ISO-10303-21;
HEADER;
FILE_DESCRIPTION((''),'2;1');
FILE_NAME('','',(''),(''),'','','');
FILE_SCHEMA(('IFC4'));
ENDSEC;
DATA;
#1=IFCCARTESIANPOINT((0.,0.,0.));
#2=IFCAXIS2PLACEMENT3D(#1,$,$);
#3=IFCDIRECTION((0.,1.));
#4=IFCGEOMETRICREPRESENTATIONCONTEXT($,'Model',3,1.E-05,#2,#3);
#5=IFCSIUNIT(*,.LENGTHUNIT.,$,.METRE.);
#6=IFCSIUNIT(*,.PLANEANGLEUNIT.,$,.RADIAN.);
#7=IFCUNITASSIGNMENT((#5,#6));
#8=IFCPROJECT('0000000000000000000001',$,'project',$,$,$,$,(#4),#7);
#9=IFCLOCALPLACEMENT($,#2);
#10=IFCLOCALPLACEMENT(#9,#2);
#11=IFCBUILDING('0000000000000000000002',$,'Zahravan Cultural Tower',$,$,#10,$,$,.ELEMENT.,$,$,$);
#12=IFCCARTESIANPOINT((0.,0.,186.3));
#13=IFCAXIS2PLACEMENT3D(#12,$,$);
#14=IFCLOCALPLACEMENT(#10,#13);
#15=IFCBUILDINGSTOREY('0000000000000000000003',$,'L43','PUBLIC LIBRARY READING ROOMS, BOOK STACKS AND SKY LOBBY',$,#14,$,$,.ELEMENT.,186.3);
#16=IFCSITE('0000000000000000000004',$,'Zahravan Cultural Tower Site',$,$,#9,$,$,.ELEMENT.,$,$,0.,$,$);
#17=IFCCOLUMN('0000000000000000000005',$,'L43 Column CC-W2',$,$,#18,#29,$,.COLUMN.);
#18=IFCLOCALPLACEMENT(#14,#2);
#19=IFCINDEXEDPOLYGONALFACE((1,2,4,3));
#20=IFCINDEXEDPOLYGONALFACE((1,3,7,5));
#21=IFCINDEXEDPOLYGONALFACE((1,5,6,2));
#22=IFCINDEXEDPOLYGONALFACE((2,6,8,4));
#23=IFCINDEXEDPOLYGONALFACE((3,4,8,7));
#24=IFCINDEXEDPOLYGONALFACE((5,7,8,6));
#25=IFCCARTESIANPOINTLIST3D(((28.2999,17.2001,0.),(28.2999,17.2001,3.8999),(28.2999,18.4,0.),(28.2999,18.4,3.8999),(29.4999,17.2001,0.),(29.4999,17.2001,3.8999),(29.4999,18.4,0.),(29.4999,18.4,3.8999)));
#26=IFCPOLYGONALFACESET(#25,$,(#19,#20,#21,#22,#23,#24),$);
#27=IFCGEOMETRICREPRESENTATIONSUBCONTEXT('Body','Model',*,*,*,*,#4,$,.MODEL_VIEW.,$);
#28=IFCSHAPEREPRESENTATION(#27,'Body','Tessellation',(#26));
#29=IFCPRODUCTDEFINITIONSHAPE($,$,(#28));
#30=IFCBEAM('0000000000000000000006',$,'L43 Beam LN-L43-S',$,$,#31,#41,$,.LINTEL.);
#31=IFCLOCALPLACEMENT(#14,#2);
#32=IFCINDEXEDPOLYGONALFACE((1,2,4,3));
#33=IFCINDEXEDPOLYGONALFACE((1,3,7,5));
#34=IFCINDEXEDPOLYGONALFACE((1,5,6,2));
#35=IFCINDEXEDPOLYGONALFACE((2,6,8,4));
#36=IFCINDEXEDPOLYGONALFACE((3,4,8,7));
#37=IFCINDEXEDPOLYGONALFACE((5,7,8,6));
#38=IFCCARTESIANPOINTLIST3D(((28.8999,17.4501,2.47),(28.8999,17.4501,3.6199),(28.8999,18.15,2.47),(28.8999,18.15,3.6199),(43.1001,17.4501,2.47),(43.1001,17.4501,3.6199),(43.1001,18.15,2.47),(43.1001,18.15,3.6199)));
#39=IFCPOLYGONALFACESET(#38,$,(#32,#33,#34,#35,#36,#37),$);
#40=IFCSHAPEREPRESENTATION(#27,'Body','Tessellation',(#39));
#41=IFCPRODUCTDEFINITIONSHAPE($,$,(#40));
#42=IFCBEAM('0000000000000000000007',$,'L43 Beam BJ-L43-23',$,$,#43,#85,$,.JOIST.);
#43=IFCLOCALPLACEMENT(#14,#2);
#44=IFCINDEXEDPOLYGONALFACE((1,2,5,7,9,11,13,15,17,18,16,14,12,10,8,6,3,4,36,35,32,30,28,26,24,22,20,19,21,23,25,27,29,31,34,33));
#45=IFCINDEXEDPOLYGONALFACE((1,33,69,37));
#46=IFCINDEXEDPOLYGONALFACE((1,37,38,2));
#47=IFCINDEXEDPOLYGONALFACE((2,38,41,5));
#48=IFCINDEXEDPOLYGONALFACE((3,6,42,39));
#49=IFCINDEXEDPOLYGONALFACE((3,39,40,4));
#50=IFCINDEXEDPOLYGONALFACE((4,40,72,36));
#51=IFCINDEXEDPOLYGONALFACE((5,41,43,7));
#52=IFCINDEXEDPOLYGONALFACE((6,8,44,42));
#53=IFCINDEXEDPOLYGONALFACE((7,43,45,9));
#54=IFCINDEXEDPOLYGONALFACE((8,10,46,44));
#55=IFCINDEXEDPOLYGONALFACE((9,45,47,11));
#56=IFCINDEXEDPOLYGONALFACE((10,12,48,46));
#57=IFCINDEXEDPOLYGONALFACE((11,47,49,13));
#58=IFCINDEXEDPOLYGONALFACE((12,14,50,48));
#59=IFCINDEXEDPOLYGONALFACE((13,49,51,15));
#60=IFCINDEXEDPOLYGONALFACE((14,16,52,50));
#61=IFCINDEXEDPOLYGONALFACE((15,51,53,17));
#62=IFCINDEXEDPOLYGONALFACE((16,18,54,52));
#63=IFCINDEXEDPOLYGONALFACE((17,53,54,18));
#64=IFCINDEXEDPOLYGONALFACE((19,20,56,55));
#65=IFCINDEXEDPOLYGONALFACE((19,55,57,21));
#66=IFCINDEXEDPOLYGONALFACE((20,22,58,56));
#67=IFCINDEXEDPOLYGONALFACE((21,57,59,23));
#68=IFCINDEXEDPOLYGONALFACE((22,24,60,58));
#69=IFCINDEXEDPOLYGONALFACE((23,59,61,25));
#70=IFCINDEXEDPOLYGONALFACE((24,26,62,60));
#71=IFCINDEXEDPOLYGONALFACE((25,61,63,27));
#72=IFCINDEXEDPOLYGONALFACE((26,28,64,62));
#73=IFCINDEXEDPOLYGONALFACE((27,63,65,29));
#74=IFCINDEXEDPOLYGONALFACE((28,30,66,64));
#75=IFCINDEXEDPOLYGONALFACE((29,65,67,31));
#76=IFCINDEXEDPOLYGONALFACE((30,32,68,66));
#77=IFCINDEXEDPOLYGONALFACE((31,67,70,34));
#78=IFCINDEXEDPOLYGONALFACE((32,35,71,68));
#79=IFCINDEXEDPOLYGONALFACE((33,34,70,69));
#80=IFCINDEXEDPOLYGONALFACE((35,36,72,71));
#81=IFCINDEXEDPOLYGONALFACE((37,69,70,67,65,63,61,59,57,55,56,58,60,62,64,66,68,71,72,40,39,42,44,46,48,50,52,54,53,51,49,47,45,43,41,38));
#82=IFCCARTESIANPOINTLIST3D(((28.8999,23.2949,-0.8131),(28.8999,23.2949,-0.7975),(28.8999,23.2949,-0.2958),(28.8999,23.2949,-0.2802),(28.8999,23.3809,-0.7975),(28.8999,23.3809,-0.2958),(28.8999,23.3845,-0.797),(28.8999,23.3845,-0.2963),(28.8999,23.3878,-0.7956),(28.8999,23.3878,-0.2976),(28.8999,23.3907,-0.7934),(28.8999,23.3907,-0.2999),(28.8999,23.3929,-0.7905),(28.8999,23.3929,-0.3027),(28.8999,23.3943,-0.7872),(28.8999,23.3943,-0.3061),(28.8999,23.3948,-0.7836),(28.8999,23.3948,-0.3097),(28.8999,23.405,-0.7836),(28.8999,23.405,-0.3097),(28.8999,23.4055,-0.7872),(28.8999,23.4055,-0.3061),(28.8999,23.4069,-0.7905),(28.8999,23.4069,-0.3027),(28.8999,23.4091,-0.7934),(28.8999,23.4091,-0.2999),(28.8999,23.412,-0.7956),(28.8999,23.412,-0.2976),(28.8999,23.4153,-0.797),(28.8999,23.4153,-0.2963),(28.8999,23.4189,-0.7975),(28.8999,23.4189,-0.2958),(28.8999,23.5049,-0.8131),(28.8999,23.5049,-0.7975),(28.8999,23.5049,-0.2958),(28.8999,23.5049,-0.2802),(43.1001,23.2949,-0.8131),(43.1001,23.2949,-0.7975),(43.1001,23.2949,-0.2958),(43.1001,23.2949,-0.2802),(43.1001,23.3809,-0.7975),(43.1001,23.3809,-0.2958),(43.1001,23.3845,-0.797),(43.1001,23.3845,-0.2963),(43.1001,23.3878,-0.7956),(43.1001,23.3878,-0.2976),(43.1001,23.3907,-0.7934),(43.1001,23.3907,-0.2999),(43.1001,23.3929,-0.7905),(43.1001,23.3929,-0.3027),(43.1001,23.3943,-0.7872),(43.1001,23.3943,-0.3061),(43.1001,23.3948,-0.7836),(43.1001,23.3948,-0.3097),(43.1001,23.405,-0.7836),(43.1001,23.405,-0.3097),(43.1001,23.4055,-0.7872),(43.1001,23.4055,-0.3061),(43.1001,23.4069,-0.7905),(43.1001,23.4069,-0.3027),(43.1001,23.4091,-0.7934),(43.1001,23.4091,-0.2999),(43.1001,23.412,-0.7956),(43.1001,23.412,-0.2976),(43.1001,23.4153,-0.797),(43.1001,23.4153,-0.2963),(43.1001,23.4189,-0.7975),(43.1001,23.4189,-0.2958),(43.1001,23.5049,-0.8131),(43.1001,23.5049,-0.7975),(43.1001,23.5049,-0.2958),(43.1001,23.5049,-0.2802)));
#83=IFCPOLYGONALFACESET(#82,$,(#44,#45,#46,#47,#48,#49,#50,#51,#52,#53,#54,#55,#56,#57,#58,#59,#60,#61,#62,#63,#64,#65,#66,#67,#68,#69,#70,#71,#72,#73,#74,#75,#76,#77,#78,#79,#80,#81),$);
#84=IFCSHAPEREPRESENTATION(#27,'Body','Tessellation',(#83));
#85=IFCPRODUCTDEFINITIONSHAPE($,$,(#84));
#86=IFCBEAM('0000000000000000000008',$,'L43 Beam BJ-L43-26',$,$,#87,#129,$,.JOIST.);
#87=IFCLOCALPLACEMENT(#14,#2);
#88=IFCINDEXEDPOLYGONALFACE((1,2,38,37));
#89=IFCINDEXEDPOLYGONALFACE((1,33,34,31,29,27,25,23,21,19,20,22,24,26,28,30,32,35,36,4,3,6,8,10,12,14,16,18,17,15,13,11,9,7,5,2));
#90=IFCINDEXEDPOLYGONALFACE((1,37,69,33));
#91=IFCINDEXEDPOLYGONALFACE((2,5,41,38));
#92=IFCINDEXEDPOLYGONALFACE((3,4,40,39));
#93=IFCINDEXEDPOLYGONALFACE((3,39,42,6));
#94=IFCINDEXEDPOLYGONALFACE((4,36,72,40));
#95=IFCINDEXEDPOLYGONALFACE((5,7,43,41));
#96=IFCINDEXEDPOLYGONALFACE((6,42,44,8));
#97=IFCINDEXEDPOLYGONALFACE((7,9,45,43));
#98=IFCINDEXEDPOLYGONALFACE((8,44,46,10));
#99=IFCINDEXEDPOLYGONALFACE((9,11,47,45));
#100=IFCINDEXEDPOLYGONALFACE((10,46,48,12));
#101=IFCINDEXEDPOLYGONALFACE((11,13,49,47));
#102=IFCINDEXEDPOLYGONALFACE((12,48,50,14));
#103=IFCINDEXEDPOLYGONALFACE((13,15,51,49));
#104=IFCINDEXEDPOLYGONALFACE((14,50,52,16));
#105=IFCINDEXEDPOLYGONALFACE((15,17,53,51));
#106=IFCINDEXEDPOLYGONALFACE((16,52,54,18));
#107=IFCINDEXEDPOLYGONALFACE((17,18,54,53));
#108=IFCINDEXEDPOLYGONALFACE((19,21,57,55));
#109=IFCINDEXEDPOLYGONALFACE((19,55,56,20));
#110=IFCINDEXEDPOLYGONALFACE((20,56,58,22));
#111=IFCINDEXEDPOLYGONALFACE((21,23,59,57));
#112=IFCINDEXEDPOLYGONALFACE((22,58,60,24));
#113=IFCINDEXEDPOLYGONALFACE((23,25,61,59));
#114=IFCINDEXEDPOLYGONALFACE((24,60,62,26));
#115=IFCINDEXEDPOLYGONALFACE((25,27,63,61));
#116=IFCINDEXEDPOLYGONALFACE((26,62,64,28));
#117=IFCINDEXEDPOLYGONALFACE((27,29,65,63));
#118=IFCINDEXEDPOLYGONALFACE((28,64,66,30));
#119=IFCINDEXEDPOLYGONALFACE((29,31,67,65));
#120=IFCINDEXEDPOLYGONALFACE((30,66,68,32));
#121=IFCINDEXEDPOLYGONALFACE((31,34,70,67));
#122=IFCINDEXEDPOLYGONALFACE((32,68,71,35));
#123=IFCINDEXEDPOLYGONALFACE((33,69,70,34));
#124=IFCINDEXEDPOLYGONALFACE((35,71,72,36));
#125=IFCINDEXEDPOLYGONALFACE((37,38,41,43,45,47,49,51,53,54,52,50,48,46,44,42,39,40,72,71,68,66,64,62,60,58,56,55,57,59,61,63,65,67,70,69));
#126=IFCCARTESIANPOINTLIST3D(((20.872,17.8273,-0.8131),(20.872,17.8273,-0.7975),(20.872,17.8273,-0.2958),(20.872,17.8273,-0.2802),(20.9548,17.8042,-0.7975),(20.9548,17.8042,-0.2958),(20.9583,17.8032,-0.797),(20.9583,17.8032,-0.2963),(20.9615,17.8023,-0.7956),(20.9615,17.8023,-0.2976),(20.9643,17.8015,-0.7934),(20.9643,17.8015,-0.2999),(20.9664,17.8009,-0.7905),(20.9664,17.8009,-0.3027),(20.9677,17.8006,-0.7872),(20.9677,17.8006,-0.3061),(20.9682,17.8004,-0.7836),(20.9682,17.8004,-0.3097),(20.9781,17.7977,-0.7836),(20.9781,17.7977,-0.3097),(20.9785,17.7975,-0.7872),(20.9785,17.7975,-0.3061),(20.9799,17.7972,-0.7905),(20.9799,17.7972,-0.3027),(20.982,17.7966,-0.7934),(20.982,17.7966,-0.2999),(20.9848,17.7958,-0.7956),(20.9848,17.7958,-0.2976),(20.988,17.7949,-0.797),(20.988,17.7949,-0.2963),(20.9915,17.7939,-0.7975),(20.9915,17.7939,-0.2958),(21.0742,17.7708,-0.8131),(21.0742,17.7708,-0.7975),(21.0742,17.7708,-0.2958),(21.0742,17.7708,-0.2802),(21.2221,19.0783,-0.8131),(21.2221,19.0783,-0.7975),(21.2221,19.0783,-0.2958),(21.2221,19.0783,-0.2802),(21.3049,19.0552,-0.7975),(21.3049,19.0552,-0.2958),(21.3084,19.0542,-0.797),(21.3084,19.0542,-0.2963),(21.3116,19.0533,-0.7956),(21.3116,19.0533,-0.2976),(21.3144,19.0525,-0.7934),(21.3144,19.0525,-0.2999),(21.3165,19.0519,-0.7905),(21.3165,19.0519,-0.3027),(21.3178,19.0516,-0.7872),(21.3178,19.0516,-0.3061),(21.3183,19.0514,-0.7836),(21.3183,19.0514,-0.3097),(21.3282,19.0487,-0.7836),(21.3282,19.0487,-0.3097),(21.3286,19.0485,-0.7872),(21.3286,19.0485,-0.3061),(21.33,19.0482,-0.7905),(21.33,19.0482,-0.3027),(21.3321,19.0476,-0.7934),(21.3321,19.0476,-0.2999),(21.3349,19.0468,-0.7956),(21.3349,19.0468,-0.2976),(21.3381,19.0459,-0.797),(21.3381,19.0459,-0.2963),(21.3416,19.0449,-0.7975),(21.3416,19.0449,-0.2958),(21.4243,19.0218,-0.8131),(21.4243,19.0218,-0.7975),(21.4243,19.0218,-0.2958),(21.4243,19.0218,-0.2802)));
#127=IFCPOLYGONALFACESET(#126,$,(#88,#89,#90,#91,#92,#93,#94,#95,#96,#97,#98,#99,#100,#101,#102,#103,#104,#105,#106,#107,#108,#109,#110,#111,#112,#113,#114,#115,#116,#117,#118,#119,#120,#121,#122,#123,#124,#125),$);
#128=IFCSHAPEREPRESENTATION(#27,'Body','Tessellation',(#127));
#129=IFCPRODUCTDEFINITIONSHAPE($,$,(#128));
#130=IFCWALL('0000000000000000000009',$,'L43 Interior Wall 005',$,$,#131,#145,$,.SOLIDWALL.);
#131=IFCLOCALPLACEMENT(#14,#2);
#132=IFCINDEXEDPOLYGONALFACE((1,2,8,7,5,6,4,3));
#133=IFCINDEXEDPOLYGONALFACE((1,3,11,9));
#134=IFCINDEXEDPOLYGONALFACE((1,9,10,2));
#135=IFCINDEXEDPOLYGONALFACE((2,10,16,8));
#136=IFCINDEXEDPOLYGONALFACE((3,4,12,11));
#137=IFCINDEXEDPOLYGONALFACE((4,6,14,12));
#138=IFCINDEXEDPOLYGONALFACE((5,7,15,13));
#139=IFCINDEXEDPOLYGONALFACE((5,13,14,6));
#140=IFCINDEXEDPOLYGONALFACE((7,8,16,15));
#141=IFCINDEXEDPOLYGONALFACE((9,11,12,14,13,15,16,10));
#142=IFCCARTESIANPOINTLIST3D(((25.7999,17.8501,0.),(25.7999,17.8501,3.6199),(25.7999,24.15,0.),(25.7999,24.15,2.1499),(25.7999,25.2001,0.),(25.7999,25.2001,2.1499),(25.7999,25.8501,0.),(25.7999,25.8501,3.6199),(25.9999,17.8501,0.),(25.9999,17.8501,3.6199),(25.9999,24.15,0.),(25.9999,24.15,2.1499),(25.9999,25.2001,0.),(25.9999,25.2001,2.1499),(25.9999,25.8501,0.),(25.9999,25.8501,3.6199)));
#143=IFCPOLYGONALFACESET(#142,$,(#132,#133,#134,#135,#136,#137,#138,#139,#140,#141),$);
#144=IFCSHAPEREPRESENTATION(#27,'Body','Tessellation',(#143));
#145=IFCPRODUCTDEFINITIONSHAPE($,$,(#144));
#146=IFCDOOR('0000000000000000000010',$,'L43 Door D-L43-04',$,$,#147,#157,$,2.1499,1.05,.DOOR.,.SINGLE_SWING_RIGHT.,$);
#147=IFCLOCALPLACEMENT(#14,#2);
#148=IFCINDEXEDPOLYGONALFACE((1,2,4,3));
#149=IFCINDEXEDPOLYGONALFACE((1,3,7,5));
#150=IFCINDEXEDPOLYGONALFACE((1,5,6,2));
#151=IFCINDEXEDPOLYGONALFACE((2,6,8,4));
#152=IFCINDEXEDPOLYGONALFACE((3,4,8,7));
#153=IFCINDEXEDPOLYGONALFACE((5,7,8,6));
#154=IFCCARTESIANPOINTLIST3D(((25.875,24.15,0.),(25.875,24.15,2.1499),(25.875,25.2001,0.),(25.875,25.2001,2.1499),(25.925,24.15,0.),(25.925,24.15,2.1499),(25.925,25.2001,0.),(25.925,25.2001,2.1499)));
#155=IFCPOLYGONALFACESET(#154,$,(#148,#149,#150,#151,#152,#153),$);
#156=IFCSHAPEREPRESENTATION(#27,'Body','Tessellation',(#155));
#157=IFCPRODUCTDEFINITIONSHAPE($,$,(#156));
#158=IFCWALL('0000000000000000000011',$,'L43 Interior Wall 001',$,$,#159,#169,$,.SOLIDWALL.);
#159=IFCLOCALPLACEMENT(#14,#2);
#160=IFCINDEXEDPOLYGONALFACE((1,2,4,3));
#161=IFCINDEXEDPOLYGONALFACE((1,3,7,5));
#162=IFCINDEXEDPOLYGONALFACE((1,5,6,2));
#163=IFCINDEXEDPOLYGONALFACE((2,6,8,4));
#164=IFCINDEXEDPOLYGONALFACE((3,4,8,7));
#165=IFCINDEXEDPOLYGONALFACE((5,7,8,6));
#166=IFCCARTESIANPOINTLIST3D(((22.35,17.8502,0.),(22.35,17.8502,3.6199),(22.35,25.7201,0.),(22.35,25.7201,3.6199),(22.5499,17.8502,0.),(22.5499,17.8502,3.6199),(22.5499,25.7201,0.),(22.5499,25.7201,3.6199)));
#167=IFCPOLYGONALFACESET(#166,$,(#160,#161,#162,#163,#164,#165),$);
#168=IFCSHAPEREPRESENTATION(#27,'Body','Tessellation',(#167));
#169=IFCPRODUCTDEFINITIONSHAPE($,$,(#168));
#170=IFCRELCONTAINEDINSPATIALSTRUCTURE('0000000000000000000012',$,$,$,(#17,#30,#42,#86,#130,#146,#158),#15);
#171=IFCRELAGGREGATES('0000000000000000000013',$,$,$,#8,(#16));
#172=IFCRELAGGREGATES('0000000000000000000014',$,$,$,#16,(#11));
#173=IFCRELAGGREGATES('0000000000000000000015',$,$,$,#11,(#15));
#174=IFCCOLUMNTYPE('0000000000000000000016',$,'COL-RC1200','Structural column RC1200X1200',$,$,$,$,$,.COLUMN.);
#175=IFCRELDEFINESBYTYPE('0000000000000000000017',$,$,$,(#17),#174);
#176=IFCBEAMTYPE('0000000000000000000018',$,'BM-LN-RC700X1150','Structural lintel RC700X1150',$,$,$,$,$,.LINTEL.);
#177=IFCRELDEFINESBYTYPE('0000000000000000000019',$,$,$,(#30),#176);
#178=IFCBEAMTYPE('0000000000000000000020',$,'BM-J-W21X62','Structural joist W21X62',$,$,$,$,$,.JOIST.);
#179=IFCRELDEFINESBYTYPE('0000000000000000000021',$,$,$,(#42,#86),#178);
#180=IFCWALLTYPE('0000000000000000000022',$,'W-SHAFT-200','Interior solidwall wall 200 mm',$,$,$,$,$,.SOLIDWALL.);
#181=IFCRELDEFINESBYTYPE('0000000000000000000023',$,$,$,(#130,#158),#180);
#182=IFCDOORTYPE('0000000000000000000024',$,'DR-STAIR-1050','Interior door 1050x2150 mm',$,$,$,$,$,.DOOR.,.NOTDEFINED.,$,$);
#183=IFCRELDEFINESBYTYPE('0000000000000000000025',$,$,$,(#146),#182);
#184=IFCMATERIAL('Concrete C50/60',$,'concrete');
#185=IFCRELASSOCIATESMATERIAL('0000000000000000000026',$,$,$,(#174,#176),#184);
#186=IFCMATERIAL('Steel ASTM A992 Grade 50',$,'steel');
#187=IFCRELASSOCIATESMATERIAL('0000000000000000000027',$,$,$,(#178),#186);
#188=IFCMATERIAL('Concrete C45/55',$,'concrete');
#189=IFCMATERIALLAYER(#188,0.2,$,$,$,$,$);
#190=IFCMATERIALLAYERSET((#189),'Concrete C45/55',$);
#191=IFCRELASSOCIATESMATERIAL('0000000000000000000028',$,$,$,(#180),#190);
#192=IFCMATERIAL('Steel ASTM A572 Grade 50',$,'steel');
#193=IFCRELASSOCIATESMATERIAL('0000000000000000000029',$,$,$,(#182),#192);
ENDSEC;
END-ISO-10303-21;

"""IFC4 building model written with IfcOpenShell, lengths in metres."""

from ifc_helpers import new_model, si_unit, direction, frame, frame_2d, origin, origin_2d, place, context, subcontext, project, spatial, rectangle, i_section, extrude, source, transform, mapped, material, layer, layer_set, material_profile, profile_set, type_object, element, fill, save


model = new_model("IFC4")

# Units and contexts
model_context = context("Model", 3, precision=1e-05, world=origin(), true_north=direction((0.0, 1.0)))
body_context = subcontext(model_context, "Body", "Model", "MODEL_VIEW")
ifc_project = project(units=[si_unit("LENGTHUNIT", "METRE"), si_unit("PLANEANGLEUNIT", "RADIAN")], contexts=[model_context])

# Site, building, storey
site_placement = place(None, origin())
site = spatial("IfcSite", under=ifc_project, at=site_placement, Name="Zahravan Cultural Tower Site", CompositionType="ELEMENT", RefElevation=0.0)
building_placement = place(site_placement, origin())
building = spatial("IfcBuilding", under=site, at=building_placement, Name="Zahravan Cultural Tower", CompositionType="ELEMENT")
storey_placement = place(building_placement, frame((0.0, 0.0, 186.3)))
storey = spatial("IfcBuildingStorey", under=building, at=storey_placement, Name="L43", Description="PUBLIC LIBRARY READING ROOMS, BOOK STACKS AND SKY LOBBY", CompositionType="ELEMENT", Elevation=186.3)

# Column
ifc_material_1 = material(Name="Concrete C50/60", Category="concrete")
ifc_material_profile_1 = material_profile(ifc_material_1, rectangle(XDim=1.2, YDim=1.2, at=origin_2d()), Name="RC1200X1200")
ifc_profile_set_1 = profile_set([ifc_material_profile_1], Name="Concrete C50/60")
column_type = type_object("IfcColumnType", Name="COL-RC1200", Description="Structural column RC1200X1200", PredefinedType="COLUMN", material=ifc_profile_set_1)
shared_shape_1 = source(origin(), body_context, "Body", "SweptSolid", [
    extrude(rectangle(XDim=1.2, YDim=1.2, at=origin_2d()), origin(), (0.0, 0.0, 1.0), 3.8999),
])
column_placement = place(storey_placement, frame((28.8999, 17.8, 0.0), z_axis=(0.0, 0.0, 1.0), x_axis=(1.0, 0.0, 0.0)))
element("IfcColumn", 1, at=column_placement, inside=storey, type_object=column_type, Name="L43 Column CC-W2", PredefinedType="COLUMN", context=body_context, shape_type="MappedRepresentation", body=[
    mapped(shared_shape_1, transform((0.0, 0.0, 0.0), x_axis=(1.0, 0.0, 0.0), y_axis=(0.0, 1.0, 0.0), z_axis=(0.0, 0.0, 1.0), scale=1.0)),
])

# Beams
ifc_material_profile_2 = material_profile(ifc_material_1, rectangle(XDim=0.7, YDim=1.1499, at=origin_2d()), Name="RC700X1150")
ifc_profile_set_2 = profile_set([ifc_material_profile_2], Name="Concrete C50/60")
beam_type_1 = type_object("IfcBeamType", Name="BM-LN-RC700X1150", Description="Structural lintel RC700X1150", PredefinedType="LINTEL", material=ifc_profile_set_2)
shared_shape_2 = source(origin(), body_context, "Body", "SweptSolid", [
    extrude(rectangle(XDim=0.7, YDim=1.1499, at=origin_2d()), origin(), (0.0, 0.0, 1.0), 14.2002),
])
beam_1_placement = place(storey_placement, frame((28.8999, 17.8, 3.0449), z_axis=(1.0, 0.0, 0.0), x_axis=(0.0, 1.0, 0.0)))
element("IfcBeam", 2, at=beam_1_placement, inside=storey, type_object=beam_type_1, Name="L43 Beam LN-L43-S", PredefinedType="LINTEL", context=body_context, shape_type="MappedRepresentation", body=[
    mapped(shared_shape_2, transform((0.0, 0.0, 0.0), x_axis=(1.0, 0.0, 0.0), y_axis=(0.0, 1.0, 0.0), z_axis=(0.0, 0.0, 1.0), scale=1.0)),
])
ifc_material_2 = material(Name="Steel ASTM A992 Grade 50", Category="steel")
ifc_material_profile_3 = material_profile(ifc_material_2, i_section(OverallWidth=0.21, OverallDepth=0.533, WebThickness=0.0103, FlangeThickness=0.0156, FilletRadius=0.0139, at=origin_2d()), Name="W21X62")
ifc_profile_set_3 = profile_set([ifc_material_profile_3], Name="Steel ASTM A992 Grade 50")
beam_type_2 = type_object("IfcBeamType", Name="BM-J-W21X62", Description="Structural joist W21X62", PredefinedType="JOIST", material=ifc_profile_set_3)
shared_shape_3 = source(origin(), body_context, "Body", "SweptSolid", [
    extrude(i_section(OverallWidth=0.21, OverallDepth=0.533, WebThickness=0.0103, FlangeThickness=0.0156, FilletRadius=0.0139, at=origin_2d()), origin(), (0.0, 0.0, 1.0), 14.2002),
])
beam_2_placement = place(storey_placement, frame((28.8999, 23.3999, -0.5466), z_axis=(1.0, 0.0, 0.0), x_axis=(0.0, 1.0, 0.0)))
element("IfcBeam", 3, at=beam_2_placement, inside=storey, type_object=beam_type_2, Name="L43 Beam BJ-L43-23", PredefinedType="JOIST", context=body_context, shape_type="MappedRepresentation", body=[
    mapped(shared_shape_3, transform((0.0, 0.0, 0.0), x_axis=(1.0, 0.0, 0.0), y_axis=(0.0, 1.0, 0.0), z_axis=(0.0, 0.0, 1.0), scale=1.0)),
])
shared_shape_4 = source(origin(), body_context, "Body", "SweptSolid", [
    extrude(i_section(OverallWidth=0.21, OverallDepth=0.533, WebThickness=0.0103, FlangeThickness=0.0156, FilletRadius=0.0139, at=origin_2d()), origin(), (0.0, 0.0, 1.0), 1.2991),
])
beam_3_placement = place(storey_placement, frame((21.3232, 19.05, -0.5466), z_axis=(-0.269504, -0.962999, 0.0), x_axis=(0.962999, -0.269504, 0.0)))
element("IfcBeam", 4, at=beam_3_placement, inside=storey, type_object=beam_type_2, Name="L43 Beam BJ-L43-26", PredefinedType="JOIST", context=body_context, shape_type="MappedRepresentation", body=[
    mapped(shared_shape_4, transform((0.0, 0.0, 0.0), x_axis=(1.0, 0.0, 0.0), y_axis=(0.0, 1.0, 0.0), z_axis=(0.0, 0.0, 1.0), scale=1.0)),
])

# Wall, opening, door
ifc_material_3 = material(Name="Concrete C45/55", Category="concrete")
ifc_layer_1 = layer(ifc_material_3, 0.2)
ifc_layer_set_1 = layer_set([ifc_layer_1], Name="Concrete C45/55")
wall_type_1 = type_object("IfcWallType", Name="W-SHAFT-200", Description="Interior solidwall wall 200 mm", PredefinedType="SOLIDWALL", material=ifc_layer_set_1)
wall_1_placement = place(storey_placement, frame((25.8999, 17.8501, 0.0), z_axis=(0.0, 0.0, 1.0), x_axis=(0.0, 1.0, 0.0)))
wall_1 = element("IfcWall", 5, at=wall_1_placement, inside=storey, type_object=wall_type_1, Name="L43 Interior Wall 005", PredefinedType="SOLIDWALL", context=body_context, shape_type="SweptSolid", body=[
    extrude(rectangle(XDim=8.0, YDim=0.2, at=frame_2d((4.0, 0.0))), origin(), (0.0, 0.0, 1.0), 3.6199),
])
opening_1_placement = place(wall_1_placement, frame((6.3, 0.0, 0.0)))
opening_1 = element("IfcOpeningElement", 6, at=opening_1_placement, cuts=wall_1, PredefinedType="OPENING", context=body_context, shape_type="SweptSolid", body=[
    extrude(rectangle(XDim=1.05, YDim=2.1499, at=frame_2d((0.5249, 1.075))), frame((0.0, 0.1099, 0.0), z_axis=(0.0, -1.0, 0.0), x_axis=(1.0, 0.0, 0.0)), (0.0, 0.0, 1.0), 0.22),
])
ifc_material_4 = material(Name="Steel ASTM A572 Grade 50", Category="steel")
door_type_1 = type_object("IfcDoorType", Name="DR-STAIR-1050", Description="Interior door 1050x2150 mm", OperationType="NOTDEFINED", PredefinedType="DOOR", material=ifc_material_4)
shared_shape_5 = source(origin(), body_context, "Body", "SweptSolid", [
    extrude(rectangle(XDim=1.05, YDim=2.1499, at=frame_2d((0.5249, 1.075))), frame((0.0, 0.0249, 0.0), z_axis=(0.0, -1.0, 0.0), x_axis=(1.0, 0.0, 0.0)), (0.0, 0.0, 1.0), 0.05),
])
door_1_placement = place(opening_1_placement, origin())
door_1 = element("IfcDoor", 7, at=door_1_placement, inside=storey, type_object=door_type_1, Name="L43 Door D-L43-04", OperationType="SINGLE_SWING_RIGHT", OverallHeight=2.1499, OverallWidth=1.05, PredefinedType="DOOR", context=body_context, shape_type="MappedRepresentation", body=[
    mapped(shared_shape_5, transform((0.0, 0.0, 0.0), x_axis=(1.0, 0.0, 0.0), y_axis=(0.0, 1.0, 0.0), z_axis=(0.0, 0.0, 1.0), scale=1.0)),
])
fill(opening_1, door_1)

# Wall
shared_shape_6 = source(origin(), body_context, "Body", "SweptSolid", [
    extrude(rectangle(XDim=7.8699, YDim=0.2, at=frame_2d((3.9351, 0.0))), origin(), (0.0, 0.0, 1.0), 3.6199),
])
wall_2_placement = place(storey_placement, frame((22.45, 17.8501, 0.0), z_axis=(0.0, 0.0, 1.0), x_axis=(0.0, 1.0, 0.0)))
element("IfcWall", 8, at=wall_2_placement, inside=storey, type_object=wall_type_1, Name="L43 Interior Wall 001", PredefinedType="SOLIDWALL", context=body_context, shape_type="MappedRepresentation", body=[
    mapped(shared_shape_6, transform((0.0, 0.0, 0.0), x_axis=(1.0, 0.0, 0.0), y_axis=(0.0, 1.0, 0.0), z_axis=(0.0, 0.0, 1.0), scale=1.0)),
])

save(model, "model.ifc")
